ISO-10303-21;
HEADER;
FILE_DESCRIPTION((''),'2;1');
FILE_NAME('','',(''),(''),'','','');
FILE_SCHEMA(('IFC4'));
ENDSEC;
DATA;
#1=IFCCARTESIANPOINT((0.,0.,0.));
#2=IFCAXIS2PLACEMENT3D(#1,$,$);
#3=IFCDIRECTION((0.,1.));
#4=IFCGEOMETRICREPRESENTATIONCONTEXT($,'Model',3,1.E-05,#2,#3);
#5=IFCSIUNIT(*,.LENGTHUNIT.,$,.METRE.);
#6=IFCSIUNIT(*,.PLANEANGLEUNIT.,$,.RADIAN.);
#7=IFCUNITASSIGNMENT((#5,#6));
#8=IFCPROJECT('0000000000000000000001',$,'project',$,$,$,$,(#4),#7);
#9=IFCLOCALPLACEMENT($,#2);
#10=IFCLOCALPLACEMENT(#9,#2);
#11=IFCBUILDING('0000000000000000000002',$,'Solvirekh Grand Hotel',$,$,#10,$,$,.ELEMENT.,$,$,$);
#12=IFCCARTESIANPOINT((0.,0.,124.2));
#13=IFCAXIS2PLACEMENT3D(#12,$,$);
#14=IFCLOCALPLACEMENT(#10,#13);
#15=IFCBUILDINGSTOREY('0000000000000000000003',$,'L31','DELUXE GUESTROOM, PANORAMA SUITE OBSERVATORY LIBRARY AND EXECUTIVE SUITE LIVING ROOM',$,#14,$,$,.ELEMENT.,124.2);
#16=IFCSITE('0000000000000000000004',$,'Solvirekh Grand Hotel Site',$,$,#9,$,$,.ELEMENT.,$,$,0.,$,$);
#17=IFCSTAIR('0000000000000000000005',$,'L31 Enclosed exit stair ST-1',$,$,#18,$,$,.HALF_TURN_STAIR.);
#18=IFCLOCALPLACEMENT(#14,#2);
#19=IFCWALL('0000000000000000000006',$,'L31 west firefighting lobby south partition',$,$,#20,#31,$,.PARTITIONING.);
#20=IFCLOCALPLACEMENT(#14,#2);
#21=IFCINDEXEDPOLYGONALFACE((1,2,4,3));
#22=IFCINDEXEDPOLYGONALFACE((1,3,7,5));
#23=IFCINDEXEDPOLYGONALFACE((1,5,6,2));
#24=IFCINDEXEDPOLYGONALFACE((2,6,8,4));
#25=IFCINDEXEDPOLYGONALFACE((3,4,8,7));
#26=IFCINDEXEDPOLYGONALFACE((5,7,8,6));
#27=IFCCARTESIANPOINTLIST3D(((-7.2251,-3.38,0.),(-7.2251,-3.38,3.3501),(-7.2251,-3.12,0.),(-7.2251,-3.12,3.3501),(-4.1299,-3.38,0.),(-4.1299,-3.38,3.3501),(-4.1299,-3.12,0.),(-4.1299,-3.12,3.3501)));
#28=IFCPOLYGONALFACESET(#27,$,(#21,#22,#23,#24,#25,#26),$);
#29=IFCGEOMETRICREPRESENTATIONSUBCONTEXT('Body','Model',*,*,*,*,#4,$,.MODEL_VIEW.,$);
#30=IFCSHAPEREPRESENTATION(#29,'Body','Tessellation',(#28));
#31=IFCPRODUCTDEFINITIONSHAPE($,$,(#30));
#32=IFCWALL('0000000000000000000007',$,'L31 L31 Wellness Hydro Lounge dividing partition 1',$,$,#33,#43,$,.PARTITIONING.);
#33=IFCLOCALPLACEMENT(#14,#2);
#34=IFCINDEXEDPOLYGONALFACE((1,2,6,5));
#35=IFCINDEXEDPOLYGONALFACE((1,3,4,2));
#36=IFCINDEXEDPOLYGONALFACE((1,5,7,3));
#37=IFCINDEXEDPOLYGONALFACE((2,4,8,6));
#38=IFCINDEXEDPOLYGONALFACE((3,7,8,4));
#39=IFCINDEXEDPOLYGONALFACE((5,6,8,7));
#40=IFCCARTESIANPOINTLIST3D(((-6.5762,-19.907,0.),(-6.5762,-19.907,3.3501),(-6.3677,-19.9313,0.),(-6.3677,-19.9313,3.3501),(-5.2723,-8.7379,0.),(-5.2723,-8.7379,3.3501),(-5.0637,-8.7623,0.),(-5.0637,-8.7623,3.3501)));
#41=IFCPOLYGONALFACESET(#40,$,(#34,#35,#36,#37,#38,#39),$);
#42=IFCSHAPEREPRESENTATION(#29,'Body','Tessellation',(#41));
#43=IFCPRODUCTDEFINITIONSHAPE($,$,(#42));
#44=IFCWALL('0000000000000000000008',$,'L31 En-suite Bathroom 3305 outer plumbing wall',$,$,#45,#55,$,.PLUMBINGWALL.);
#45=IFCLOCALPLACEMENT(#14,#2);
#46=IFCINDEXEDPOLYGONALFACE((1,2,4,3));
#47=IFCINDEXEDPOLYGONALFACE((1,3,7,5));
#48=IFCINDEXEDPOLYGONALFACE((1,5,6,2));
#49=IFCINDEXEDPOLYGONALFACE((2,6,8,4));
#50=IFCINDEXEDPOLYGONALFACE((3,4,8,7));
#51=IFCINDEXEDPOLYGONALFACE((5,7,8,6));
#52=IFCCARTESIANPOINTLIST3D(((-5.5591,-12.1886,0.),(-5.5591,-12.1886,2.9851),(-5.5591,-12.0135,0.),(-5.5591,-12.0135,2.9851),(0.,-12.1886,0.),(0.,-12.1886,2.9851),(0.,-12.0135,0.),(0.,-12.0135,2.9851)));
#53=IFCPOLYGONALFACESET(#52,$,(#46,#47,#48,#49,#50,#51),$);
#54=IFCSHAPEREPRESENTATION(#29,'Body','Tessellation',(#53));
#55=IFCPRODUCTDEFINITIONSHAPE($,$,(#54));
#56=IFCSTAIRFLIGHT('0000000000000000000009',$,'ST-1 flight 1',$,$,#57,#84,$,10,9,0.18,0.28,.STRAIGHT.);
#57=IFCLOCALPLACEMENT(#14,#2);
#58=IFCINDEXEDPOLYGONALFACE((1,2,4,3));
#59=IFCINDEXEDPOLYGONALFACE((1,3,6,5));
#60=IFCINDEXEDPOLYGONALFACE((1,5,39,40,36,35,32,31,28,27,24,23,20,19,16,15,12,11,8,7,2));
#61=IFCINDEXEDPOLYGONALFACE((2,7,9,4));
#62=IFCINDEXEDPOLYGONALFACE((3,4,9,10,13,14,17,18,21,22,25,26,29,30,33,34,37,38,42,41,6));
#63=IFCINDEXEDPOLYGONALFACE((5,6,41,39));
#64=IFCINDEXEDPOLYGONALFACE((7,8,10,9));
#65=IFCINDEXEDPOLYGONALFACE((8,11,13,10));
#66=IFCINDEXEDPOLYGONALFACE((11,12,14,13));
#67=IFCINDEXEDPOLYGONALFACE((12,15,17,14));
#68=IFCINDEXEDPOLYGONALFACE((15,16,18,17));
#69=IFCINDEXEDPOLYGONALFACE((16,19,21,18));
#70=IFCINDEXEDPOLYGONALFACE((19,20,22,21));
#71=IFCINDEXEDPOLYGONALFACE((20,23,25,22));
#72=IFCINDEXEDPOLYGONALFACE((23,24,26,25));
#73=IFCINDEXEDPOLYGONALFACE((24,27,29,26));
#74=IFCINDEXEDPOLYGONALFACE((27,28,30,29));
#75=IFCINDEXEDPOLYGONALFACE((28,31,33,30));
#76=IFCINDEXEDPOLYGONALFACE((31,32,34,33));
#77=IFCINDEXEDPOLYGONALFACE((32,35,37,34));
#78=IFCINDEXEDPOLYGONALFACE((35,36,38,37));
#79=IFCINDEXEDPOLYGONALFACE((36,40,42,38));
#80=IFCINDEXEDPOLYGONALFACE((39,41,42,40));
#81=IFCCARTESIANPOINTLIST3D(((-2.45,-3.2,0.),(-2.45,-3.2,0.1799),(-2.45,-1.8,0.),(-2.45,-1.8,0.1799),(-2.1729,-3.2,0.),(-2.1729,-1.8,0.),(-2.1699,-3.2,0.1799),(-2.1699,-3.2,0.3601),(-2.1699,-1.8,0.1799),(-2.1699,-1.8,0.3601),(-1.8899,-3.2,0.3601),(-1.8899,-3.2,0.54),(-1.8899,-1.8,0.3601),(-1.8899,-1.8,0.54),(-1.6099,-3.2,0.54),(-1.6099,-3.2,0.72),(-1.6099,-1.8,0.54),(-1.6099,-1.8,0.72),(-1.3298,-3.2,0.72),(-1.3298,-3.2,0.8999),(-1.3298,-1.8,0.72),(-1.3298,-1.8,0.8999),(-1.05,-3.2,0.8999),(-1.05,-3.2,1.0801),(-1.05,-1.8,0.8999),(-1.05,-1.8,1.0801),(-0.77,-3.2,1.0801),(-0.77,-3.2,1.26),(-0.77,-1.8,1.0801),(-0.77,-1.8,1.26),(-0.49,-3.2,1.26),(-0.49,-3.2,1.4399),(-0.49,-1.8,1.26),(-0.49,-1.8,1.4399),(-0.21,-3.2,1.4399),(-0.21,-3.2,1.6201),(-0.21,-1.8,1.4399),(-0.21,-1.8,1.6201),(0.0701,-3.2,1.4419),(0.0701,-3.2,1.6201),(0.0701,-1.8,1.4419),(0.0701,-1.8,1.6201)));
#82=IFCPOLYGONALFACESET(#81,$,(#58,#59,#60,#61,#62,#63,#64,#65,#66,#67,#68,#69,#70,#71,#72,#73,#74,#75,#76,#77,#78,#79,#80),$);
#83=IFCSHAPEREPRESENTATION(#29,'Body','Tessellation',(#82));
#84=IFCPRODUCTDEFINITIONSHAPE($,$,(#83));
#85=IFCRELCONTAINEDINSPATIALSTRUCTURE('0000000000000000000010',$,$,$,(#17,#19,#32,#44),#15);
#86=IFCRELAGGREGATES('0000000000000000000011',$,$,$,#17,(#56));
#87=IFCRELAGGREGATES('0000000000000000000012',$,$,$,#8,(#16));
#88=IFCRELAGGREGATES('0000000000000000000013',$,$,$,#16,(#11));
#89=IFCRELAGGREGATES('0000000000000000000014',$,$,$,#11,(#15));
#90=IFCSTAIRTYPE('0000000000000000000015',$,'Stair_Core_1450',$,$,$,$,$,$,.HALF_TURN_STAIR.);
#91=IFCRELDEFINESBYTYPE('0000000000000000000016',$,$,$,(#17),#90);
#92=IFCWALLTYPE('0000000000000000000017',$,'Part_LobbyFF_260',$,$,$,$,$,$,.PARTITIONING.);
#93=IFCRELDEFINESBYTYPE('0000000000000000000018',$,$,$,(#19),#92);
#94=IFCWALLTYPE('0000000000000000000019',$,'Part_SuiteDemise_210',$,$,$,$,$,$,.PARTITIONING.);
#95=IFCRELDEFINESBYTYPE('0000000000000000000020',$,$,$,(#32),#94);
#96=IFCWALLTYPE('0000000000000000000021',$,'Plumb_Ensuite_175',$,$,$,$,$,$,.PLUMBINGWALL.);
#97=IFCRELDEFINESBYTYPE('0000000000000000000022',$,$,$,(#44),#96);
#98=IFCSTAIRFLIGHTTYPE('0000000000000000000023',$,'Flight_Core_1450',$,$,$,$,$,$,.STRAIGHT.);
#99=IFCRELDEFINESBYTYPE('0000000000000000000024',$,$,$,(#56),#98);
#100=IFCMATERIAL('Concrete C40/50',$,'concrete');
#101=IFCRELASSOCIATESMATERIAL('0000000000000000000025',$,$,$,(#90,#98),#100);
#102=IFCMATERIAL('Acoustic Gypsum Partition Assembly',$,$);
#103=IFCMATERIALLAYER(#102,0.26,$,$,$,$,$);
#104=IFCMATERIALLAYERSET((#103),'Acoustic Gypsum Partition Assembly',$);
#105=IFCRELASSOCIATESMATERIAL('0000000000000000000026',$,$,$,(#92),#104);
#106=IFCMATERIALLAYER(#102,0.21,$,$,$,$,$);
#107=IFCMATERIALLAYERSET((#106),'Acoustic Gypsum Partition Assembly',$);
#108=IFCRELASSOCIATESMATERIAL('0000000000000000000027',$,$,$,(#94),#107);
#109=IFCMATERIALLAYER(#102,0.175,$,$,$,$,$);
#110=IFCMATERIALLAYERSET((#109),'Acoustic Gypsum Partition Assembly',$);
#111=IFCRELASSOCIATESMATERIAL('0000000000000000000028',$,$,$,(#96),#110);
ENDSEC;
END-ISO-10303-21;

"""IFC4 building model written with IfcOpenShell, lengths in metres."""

from ifc_helpers import new_model, si_unit, direction, frame, frame_2d, origin, place, context, subcontext, project, spatial, polyline, rectangle, outline, extrude, material, layer, layer_set, type_object, element, aggregate, save


model = new_model("IFC4")

# Units and contexts
model_context = context("Model", 3, precision=1e-05, world=origin(), true_north=direction((0.0, 1.0)))
body_context = subcontext(model_context, "Body", "Model", "MODEL_VIEW")
ifc_project = project(units=[si_unit("LENGTHUNIT", "METRE"), si_unit("PLANEANGLEUNIT", "RADIAN")], contexts=[model_context])

# Site, building, storey
site_placement = place(None, origin())
site = spatial("IfcSite", under=ifc_project, at=site_placement, Name="Solvirekh Grand Hotel Site", CompositionType="ELEMENT", RefElevation=0.0)
building_placement = place(site_placement, origin())
building = spatial("IfcBuilding", under=site, at=building_placement, Name="Solvirekh Grand Hotel", CompositionType="ELEMENT")
storey_placement = place(building_placement, frame((0.0, 0.0, 124.2)))
storey = spatial("IfcBuildingStorey", under=building, at=storey_placement, Name="L31", Description="DELUXE GUESTROOM, PANORAMA SUITE OBSERVATORY LIBRARY AND EXECUTIVE SUITE LIVING ROOM", CompositionType="ELEMENT", Elevation=124.2)

# Stair
ifc_material_1 = material(Name="Concrete C40/50", Category="concrete")
stair_type = type_object("IfcStairType", Name="Stair_Core_1450", PredefinedType="HALF_TURN_STAIR", material=ifc_material_1)
stair_1_placement = place(storey_placement, origin())
stair_1 = element("IfcStair", 1, at=stair_1_placement, inside=storey, type_object=stair_type, Name="L31 Enclosed exit stair ST-1", PredefinedType="HALF_TURN_STAIR")

# Shared definitions
ifc_material_2 = material(Name="Acoustic Gypsum Partition Assembly")

# Walls
ifc_layer_1 = layer(ifc_material_2, 0.26)
ifc_layer_set_1 = layer_set([ifc_layer_1], Name="Acoustic Gypsum Partition Assembly")
wall_type_1 = type_object("IfcWallType", Name="Part_LobbyFF_260", PredefinedType="PARTITIONING", material=ifc_layer_set_1)
wall_1_placement = place(storey_placement, frame((-7.2251, -3.25, 0.0), z_axis=(0.0, 0.0, 1.0), x_axis=(1.0, 0.0, 0.0)))
element("IfcWall", 2, at=wall_1_placement, inside=storey, type_object=wall_type_1, Name="L31 west firefighting lobby south partition", PredefinedType="PARTITIONING", context=body_context, shape_type="SweptSolid", body=[
    extrude(rectangle(XDim=3.0952, YDim=0.26, at=frame_2d((1.5476, 0.0))), origin(), (0.0, 0.0, 1.0), 3.3501),
])
ifc_layer_2 = layer(ifc_material_2, 0.21)
ifc_layer_set_2 = layer_set([ifc_layer_2], Name="Acoustic Gypsum Partition Assembly")
wall_type_2 = type_object("IfcWallType", Name="Part_SuiteDemise_210", PredefinedType="PARTITIONING", material=ifc_layer_set_2)
wall_2_placement = place(storey_placement, frame((-5.168, -8.75, 0.0), z_axis=(0.0, 0.0, 1.0), x_axis=(-0.115961, -0.993254, 0.0)))
element("IfcWall", 3, at=wall_2_placement, inside=storey, type_object=wall_type_2, Name="L31 L31 Wellness Hydro Lounge dividing partition 1", PredefinedType="PARTITIONING", context=body_context, shape_type="SweptSolid", body=[
    extrude(rectangle(XDim=11.2449, YDim=0.21, at=frame_2d((5.6226, 0.0))), origin(), (0.0, 0.0, 1.0), 3.3501),
])
ifc_layer_3 = layer(ifc_material_2, 0.175)
ifc_layer_set_3 = layer_set([ifc_layer_3], Name="Acoustic Gypsum Partition Assembly")
wall_type_3 = type_object("IfcWallType", Name="Plumb_Ensuite_175", PredefinedType="PLUMBINGWALL", material=ifc_layer_set_3)
wall_3_placement = place(storey_placement, frame((-5.5591, -12.1011, 0.0), z_axis=(0.0, 0.0, 1.0), x_axis=(1.0, 0.0, 0.0)))
element("IfcWall", 4, at=wall_3_placement, inside=storey, type_object=wall_type_3, Name="L31 En-suite Bathroom 3305 outer plumbing wall", PredefinedType="PLUMBINGWALL", context=body_context, shape_type="SweptSolid", body=[
    extrude(rectangle(XDim=5.5591, YDim=0.175, at=frame_2d((2.7795, 0.0))), origin(), (0.0, 0.0, 1.0), 2.9851),
])

# Stair flight
stair_flight_type = type_object("IfcStairFlightType", Name="Flight_Core_1450", PredefinedType="STRAIGHT", material=ifc_material_1)
stair_flight_placement = place(storey_placement, frame((-2.45, -2.5, 0.0), z_axis=(0.0, 0.0, 1.0), x_axis=(1.0, 0.0, 0.0)))
stair_flight = element("IfcStairFlight", 5, at=stair_flight_placement, type_object=stair_flight_type, Name="ST-1 flight 1", NumberOfRisers=10, NumberOfTreads=9, PredefinedType="STRAIGHT", RiserHeight=0.18, TreadLength=0.28, context=body_context, shape_type="SweptSolid", body=[
    extrude(outline(polyline([(0.0, 0.0), (0.0, 0.1799), (0.28, 0.1799), (0.28, 0.3601), (0.5601, 0.3601), (0.5601, 0.54), (0.8401, 0.54), (0.8401, 0.72), (1.1201, 0.72), (1.1201, 0.8999), (1.3999, 0.8999), (1.3999, 1.0801), (1.6799, 1.0801), (1.6799, 1.26), (1.96, 1.26), (1.96, 1.4399), (2.24, 1.4399), (2.24, 1.6201), (2.52, 1.6201), (2.52, 1.8), (2.52, 1.4419), (0.2771, 0.0), (0.0, 0.0)])), frame((0.0, 0.7, 0.0), z_axis=(0.0, -1.0, 0.0), x_axis=(1.0, 0.0, 0.0)), (0.0, 0.0, 1.0), 1.3999),
])
aggregate(stair_1, [stair_flight])

save(model, "model.ifc")
